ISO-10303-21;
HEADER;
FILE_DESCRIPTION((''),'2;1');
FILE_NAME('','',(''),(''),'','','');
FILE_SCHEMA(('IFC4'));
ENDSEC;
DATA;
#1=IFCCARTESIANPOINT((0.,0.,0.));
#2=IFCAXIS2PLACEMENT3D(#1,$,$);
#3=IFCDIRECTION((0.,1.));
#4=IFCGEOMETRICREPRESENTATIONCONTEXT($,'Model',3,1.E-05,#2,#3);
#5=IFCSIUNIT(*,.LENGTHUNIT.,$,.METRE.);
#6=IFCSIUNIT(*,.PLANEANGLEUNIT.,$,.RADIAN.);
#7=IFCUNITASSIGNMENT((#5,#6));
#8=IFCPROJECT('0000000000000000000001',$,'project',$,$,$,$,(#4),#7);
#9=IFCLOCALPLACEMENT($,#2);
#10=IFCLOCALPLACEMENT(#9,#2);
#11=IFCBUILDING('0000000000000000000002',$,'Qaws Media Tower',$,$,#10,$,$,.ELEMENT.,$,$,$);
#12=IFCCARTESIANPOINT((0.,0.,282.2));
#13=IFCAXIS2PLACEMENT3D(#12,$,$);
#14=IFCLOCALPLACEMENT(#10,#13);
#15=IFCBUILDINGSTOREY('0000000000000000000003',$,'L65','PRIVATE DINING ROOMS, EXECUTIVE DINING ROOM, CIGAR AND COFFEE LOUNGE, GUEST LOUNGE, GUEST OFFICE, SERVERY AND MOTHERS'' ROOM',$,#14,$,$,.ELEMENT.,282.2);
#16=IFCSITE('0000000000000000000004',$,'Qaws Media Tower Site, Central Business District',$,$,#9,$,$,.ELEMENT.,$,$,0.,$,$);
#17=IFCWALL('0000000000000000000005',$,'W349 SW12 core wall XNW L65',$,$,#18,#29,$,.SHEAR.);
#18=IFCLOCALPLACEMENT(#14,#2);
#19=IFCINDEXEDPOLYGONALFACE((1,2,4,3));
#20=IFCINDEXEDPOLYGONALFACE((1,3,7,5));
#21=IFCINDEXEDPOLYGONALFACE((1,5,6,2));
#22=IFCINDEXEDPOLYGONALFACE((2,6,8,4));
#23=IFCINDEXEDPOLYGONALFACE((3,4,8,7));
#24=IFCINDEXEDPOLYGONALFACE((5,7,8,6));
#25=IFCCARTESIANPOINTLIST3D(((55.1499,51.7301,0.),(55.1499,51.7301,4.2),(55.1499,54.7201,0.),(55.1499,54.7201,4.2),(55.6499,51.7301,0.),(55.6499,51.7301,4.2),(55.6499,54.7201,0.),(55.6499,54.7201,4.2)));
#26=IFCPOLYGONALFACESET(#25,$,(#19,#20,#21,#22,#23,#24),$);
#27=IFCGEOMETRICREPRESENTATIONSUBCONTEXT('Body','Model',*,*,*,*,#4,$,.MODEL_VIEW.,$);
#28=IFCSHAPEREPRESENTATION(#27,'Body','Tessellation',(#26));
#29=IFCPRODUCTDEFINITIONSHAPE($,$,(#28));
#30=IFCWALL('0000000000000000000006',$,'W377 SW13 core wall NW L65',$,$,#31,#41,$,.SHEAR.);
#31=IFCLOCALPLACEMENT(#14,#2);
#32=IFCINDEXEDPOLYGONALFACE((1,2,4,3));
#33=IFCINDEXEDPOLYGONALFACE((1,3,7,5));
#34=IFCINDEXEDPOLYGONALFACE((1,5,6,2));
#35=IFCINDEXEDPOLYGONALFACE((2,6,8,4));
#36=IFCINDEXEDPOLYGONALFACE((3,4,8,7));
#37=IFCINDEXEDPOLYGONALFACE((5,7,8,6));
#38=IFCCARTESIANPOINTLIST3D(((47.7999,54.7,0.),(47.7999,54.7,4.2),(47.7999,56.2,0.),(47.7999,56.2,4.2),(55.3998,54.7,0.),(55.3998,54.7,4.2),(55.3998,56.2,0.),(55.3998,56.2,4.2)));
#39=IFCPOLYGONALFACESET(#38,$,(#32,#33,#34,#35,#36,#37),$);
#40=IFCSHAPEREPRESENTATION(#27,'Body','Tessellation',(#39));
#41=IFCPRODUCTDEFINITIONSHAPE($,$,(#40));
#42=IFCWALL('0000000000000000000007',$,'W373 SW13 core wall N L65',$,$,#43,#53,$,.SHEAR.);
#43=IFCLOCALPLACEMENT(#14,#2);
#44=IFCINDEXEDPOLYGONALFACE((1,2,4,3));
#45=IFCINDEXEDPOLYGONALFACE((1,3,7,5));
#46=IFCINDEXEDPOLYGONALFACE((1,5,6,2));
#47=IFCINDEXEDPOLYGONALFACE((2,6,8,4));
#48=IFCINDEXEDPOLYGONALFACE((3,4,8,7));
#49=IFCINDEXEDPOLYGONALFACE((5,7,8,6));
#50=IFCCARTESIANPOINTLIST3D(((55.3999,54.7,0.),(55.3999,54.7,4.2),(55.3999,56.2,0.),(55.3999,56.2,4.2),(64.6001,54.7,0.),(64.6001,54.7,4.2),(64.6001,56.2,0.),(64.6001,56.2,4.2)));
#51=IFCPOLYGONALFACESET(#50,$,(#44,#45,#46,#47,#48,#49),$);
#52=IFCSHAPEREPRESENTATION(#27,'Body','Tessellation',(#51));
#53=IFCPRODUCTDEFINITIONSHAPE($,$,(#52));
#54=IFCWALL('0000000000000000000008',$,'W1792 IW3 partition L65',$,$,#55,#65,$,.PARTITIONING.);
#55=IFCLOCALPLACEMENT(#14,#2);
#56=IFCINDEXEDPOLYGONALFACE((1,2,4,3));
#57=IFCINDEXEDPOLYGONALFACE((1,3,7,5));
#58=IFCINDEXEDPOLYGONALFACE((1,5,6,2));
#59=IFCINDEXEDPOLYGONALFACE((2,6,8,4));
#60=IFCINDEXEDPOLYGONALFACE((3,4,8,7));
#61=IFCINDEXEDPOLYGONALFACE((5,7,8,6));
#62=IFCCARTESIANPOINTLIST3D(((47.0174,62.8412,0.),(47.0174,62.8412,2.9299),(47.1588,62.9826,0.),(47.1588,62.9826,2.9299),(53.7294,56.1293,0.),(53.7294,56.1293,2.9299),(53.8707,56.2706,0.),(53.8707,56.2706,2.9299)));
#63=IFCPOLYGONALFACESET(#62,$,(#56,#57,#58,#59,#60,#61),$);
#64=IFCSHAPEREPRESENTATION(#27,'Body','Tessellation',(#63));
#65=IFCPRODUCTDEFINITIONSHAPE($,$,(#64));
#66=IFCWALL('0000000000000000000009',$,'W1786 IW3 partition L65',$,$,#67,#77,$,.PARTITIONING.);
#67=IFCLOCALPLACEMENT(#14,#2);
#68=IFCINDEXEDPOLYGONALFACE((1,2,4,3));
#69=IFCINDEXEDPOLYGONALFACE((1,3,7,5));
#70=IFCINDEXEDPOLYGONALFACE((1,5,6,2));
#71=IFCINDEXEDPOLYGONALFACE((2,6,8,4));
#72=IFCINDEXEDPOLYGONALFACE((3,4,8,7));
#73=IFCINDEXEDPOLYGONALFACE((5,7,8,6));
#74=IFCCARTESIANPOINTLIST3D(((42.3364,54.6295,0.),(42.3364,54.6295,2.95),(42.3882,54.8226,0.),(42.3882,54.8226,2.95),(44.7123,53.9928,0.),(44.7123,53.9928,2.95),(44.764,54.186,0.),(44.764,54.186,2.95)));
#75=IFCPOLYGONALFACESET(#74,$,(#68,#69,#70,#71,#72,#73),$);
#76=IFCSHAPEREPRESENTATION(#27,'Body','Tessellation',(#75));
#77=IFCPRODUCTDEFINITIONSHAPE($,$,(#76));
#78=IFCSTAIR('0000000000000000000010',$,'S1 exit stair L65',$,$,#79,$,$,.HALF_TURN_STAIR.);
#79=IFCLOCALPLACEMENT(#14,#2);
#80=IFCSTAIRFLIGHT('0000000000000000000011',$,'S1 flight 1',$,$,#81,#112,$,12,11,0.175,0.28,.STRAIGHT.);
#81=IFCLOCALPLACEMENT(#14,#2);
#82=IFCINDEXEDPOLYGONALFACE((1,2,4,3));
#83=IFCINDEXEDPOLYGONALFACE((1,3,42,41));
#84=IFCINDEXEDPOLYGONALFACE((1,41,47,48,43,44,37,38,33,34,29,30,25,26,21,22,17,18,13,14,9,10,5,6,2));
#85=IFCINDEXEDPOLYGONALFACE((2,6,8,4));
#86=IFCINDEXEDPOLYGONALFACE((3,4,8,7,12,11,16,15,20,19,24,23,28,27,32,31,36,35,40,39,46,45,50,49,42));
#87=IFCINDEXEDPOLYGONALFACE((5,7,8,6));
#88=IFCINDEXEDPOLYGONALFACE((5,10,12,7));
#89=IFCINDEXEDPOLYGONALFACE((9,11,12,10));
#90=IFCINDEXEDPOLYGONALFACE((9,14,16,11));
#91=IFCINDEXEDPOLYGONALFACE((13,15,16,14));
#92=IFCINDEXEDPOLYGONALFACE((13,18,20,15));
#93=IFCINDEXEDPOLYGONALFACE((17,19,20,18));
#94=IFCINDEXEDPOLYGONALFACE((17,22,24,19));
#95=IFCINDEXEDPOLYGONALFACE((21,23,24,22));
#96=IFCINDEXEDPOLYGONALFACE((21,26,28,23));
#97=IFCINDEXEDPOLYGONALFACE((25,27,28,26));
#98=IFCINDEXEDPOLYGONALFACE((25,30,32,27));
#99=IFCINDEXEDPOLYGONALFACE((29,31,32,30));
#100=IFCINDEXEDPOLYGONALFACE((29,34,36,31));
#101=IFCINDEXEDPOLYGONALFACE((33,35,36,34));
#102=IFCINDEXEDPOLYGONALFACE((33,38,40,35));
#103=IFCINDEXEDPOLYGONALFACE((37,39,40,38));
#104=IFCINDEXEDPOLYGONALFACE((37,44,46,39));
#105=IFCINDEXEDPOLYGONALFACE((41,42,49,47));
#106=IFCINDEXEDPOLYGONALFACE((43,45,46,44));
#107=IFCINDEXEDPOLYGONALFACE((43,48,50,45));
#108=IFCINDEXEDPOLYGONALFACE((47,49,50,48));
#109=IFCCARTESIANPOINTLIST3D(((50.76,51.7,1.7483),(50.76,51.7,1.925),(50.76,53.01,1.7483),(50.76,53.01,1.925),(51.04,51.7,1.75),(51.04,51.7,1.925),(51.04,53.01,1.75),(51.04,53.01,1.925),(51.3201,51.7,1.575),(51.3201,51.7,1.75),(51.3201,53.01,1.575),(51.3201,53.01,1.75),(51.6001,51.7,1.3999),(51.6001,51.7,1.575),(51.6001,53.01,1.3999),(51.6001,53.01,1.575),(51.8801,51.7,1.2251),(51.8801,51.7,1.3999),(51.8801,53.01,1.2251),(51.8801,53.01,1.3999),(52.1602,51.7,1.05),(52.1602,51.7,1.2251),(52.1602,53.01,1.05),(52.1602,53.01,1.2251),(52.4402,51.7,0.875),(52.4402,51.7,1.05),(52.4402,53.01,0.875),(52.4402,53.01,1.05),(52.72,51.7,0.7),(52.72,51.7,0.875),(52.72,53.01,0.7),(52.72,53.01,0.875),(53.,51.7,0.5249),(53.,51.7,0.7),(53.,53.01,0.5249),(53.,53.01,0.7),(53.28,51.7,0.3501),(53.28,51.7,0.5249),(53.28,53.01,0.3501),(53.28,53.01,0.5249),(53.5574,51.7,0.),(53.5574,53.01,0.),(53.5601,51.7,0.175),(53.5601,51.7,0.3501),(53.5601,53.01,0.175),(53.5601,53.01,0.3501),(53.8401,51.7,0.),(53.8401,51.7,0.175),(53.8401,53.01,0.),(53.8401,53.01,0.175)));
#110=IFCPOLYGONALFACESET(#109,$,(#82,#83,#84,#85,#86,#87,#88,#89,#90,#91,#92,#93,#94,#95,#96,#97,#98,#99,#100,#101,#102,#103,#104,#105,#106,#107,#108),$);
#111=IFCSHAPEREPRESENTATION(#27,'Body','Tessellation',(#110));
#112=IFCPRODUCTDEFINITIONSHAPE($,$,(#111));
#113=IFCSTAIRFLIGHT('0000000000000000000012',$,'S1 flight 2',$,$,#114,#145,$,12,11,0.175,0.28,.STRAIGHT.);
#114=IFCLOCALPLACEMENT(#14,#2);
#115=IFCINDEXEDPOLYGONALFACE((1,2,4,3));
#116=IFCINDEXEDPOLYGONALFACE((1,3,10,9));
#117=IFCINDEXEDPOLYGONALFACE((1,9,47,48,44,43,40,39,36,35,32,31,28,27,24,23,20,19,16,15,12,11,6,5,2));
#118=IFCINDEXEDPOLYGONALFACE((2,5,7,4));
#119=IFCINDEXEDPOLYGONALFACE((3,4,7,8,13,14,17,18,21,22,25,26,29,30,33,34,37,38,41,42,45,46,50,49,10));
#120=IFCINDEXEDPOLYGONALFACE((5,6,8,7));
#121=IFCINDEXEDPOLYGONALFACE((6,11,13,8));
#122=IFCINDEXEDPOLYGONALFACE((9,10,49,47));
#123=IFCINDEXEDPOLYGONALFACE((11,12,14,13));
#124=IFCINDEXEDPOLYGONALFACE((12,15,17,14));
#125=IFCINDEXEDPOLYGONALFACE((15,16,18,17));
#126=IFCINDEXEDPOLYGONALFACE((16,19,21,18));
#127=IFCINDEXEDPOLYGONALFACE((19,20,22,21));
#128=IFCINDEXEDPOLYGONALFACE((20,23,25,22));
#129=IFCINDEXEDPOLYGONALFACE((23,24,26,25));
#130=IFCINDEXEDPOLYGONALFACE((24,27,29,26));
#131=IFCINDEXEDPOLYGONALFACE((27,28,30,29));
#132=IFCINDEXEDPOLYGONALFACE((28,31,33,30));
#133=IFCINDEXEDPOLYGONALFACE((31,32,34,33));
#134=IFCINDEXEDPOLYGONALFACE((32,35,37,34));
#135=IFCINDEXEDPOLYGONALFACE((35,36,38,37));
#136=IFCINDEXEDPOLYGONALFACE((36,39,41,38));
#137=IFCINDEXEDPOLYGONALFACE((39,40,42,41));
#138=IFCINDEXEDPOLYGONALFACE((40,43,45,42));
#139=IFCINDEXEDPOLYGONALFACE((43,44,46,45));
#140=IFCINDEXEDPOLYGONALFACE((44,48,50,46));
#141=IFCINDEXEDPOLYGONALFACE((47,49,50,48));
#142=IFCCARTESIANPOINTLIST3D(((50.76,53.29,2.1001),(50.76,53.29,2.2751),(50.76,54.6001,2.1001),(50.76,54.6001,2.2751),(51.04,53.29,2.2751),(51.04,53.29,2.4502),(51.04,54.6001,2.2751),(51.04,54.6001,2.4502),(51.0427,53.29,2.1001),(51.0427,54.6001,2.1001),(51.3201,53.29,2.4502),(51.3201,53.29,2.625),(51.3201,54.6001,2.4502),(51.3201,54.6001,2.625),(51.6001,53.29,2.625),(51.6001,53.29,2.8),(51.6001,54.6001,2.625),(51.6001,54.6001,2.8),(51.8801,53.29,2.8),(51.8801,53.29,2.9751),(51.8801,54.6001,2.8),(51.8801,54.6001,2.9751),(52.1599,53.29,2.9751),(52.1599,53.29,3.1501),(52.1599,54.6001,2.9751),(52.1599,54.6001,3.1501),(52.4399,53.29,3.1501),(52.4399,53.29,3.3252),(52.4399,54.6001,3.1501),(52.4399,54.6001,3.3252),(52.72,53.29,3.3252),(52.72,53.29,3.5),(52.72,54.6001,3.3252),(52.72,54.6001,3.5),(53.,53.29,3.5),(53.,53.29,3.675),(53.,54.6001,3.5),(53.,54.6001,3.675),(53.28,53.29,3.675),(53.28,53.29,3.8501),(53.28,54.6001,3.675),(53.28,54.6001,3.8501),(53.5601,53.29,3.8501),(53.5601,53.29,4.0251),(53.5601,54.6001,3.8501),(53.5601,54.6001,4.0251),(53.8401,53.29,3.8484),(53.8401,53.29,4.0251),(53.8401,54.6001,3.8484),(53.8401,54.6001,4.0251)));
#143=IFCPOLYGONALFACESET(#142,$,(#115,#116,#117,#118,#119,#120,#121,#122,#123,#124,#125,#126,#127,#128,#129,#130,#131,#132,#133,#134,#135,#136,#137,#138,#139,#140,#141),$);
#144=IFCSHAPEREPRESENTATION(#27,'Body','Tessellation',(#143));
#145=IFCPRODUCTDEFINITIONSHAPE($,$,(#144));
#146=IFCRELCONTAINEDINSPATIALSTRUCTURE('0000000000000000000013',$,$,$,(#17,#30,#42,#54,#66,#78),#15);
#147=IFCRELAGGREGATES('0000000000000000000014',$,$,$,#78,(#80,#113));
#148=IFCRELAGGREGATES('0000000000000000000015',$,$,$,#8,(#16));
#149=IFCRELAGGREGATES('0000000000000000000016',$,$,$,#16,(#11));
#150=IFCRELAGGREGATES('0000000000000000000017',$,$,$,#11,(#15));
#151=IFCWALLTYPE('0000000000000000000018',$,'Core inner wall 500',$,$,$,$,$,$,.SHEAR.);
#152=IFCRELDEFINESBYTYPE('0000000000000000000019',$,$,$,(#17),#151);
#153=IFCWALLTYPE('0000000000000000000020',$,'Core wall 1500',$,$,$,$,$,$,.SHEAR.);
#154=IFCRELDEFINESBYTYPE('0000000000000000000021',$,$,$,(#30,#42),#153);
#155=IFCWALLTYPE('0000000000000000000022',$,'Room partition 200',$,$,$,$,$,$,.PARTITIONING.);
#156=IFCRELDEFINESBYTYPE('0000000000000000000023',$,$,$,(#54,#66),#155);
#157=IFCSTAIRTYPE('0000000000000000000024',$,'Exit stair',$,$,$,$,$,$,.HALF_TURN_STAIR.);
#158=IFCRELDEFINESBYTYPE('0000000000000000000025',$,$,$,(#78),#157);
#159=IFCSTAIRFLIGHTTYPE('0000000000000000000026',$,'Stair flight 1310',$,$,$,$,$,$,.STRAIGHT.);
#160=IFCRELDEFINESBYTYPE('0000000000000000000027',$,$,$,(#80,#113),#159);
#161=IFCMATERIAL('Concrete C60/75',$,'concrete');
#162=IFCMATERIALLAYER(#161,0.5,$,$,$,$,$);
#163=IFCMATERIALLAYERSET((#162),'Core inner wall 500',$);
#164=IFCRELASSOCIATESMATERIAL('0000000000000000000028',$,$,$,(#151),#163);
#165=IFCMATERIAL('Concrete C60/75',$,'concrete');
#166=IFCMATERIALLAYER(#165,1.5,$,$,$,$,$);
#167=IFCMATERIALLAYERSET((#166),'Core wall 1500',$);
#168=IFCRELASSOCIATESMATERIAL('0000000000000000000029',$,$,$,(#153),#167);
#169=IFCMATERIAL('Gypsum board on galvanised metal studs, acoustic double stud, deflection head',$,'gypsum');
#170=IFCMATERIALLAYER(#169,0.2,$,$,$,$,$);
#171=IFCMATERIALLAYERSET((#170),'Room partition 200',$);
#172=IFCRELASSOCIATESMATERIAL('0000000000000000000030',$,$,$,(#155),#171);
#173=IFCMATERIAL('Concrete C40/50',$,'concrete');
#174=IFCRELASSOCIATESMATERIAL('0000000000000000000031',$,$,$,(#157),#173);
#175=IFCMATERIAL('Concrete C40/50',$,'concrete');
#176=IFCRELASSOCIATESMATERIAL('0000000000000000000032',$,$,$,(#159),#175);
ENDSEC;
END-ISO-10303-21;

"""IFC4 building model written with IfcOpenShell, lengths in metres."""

from ifc_helpers import new_model, si_unit, direction, frame, frame_2d, origin, place, context, subcontext, project, spatial, polyline, rectangle, outline, extrude, material, layer, layer_set, type_object, element, aggregate, save


model = new_model("IFC4")

# Units and contexts
model_context = context("Model", 3, precision=1e-05, world=origin(), true_north=direction((0.0, 1.0)))
body_context = subcontext(model_context, "Body", "Model", "MODEL_VIEW")
ifc_project = project(units=[si_unit("LENGTHUNIT", "METRE"), si_unit("PLANEANGLEUNIT", "RADIAN")], contexts=[model_context])

# Site, building, storey
site_placement = place(None, origin())
site = spatial("IfcSite", under=ifc_project, at=site_placement, Name="Qaws Media Tower Site, Central Business District", CompositionType="ELEMENT", RefElevation=0.0)
building_placement = place(site_placement, origin())
building = spatial("IfcBuilding", under=site, at=building_placement, Name="Qaws Media Tower", CompositionType="ELEMENT")
storey_placement = place(building_placement, frame((0.0, 0.0, 282.2)))
storey = spatial("IfcBuildingStorey", under=building, at=storey_placement, Name="L65", Description="PRIVATE DINING ROOMS, EXECUTIVE DINING ROOM, CIGAR AND COFFEE LOUNGE, GUEST LOUNGE, GUEST OFFICE, SERVERY AND MOTHERS' ROOM", CompositionType="ELEMENT", Elevation=282.2)

# Walls
ifc_material_1 = material(Name="Concrete C60/75", Category="concrete")
ifc_layer_1 = layer(ifc_material_1, 0.5)
ifc_layer_set_1 = layer_set([ifc_layer_1], Name="Core inner wall 500")
wall_type_1 = type_object("IfcWallType", Name="Core inner wall 500", PredefinedType="SHEAR", material=ifc_layer_set_1)
wall_1_placement = place(storey_placement, frame((55.3999, 51.73, 0.0), z_axis=(0.0, 0.0, 1.0), x_axis=(0.0, 1.0, 0.0)))
element("IfcWall", 1, at=wall_1_placement, inside=storey, type_object=wall_type_1, Name="W349 SW12 core wall XNW L65", PredefinedType="SHEAR", context=body_context, shape_type="SweptSolid", body=[
    extrude(rectangle(XDim=2.99, YDim=0.5, at=frame_2d((1.4951, 0.0))), origin(), (0.0, 0.0, 1.0), 4.2),
])
ifc_material_2 = material(Name="Concrete C60/75", Category="concrete")
ifc_layer_2 = layer(ifc_material_2, 1.5)
ifc_layer_set_2 = layer_set([ifc_layer_2], Name="Core wall 1500")
wall_type_2 = type_object("IfcWallType", Name="Core wall 1500", PredefinedType="SHEAR", material=ifc_layer_set_2)
wall_2_placement = place(storey_placement, frame((47.8, 55.45, 0.0), z_axis=(0.0, 0.0, 1.0), x_axis=(1.0, 0.0, 0.0)))
element("IfcWall", 2, at=wall_2_placement, inside=storey, type_object=wall_type_2, Name="W377 SW13 core wall NW L65", PredefinedType="SHEAR", context=body_context, shape_type="SweptSolid", body=[
    extrude(rectangle(XDim=7.5999, YDim=1.5, at=frame_2d((3.7998, 0.0))), origin(), (0.0, 0.0, 1.0), 4.2),
])
wall_3_placement = place(storey_placement, frame((55.3999, 55.45, 0.0), z_axis=(0.0, 0.0, 1.0), x_axis=(1.0, 0.0, 0.0)))
element("IfcWall", 3, at=wall_3_placement, inside=storey, type_object=wall_type_2, Name="W373 SW13 core wall N L65", PredefinedType="SHEAR", context=body_context, shape_type="SweptSolid", body=[
    extrude(rectangle(XDim=9.2002, YDim=1.5, at=frame_2d((4.6001, 0.0))), origin(), (0.0, 0.0, 1.0), 4.2),
])
ifc_material_3 = material(Name="Gypsum board on galvanised metal studs, acoustic double stud, deflection head", Category="gypsum")
ifc_layer_3 = layer(ifc_material_3, 0.2)
ifc_layer_set_3 = layer_set([ifc_layer_3], Name="Room partition 200")
wall_type_3 = type_object("IfcWallType", Name="Room partition 200", PredefinedType="PARTITIONING", material=ifc_layer_set_3)
wall_4_placement = place(storey_placement, frame((53.8, 56.2, 0.0), z_axis=(0.0, 0.0, 1.0), x_axis=(-0.707107, 0.707107, 0.0)))
element("IfcWall", 4, at=wall_4_placement, inside=storey, type_object=wall_type_3, Name="W1792 IW3 partition L65", PredefinedType="PARTITIONING", context=body_context, shape_type="SweptSolid", body=[
    extrude(rectangle(XDim=9.4922, YDim=0.2, at=frame_2d((4.7461, 0.0))), origin(), (0.0, 0.0, 1.0), 2.9299),
])
wall_5_placement = place(storey_placement, frame((44.7383, 54.0894, 0.0), z_axis=(0.0, 0.0, 1.0), x_axis=(-0.965918, 0.258849, 0.0)))
element("IfcWall", 5, at=wall_5_placement, inside=storey, type_object=wall_type_3, Name="W1786 IW3 partition L65", PredefinedType="PARTITIONING", context=body_context, shape_type="SweptSolid", body=[
    extrude(rectangle(XDim=2.4597, YDim=0.2, at=frame_2d((1.23, 0.0))), origin(), (0.0, 0.0, 1.0), 2.95),
])

# Stair, stair flights
ifc_material_4 = material(Name="Concrete C40/50", Category="concrete")
stair_type = type_object("IfcStairType", Name="Exit stair", PredefinedType="HALF_TURN_STAIR", material=ifc_material_4)
stair_placement = place(storey_placement, origin())
stair = element("IfcStair", 6, at=stair_placement, inside=storey, type_object=stair_type, Name="S1 exit stair L65", PredefinedType="HALF_TURN_STAIR")
ifc_material_5 = material(Name="Concrete C40/50", Category="concrete")
stair_flight_type = type_object("IfcStairFlightType", Name="Stair flight 1310", PredefinedType="STRAIGHT", material=ifc_material_5)
stair_flight_1_placement = place(storey_placement, frame((53.8401, 52.355, 0.0), z_axis=(0.0, 0.0, 1.0), x_axis=(-1.0, 0.0, 0.0)))
stair_flight_1 = element("IfcStairFlight", 7, at=stair_flight_1_placement, type_object=stair_flight_type, Name="S1 flight 1", NumberOfRisers=12, NumberOfTreads=11, PredefinedType="STRAIGHT", RiserHeight=0.175, TreadLength=0.28, context=body_context, shape_type="SweptSolid", body=[
    extrude(outline(polyline([(0.0, 0.0), (0.0, 0.175), (0.28, 0.175), (0.28, 0.3501), (0.5601, 0.3501), (0.5601, 0.5249), (0.8401, 0.5249), (0.8401, 0.7), (1.1201, 0.7), (1.1201, 0.875), (1.3999, 0.875), (1.3999, 1.05), (1.6799, 1.05), (1.6799, 1.2251), (1.96, 1.2251), (1.96, 1.3999), (2.24, 1.3999), (2.24, 1.575), (2.52, 1.575), (2.52, 1.75), (2.8, 1.75), (2.8, 1.925), (3.0801, 1.925), (3.0801, 2.1001), (3.0801, 1.7483), (0.2827, 0.0), (0.0, 0.0)])), frame((0.0, 0.655, 0.0), z_axis=(0.0, -1.0, 0.0), x_axis=(1.0, 0.0, 0.0)), (0.0, 0.0, 1.0), 1.3101),
])
stair_flight_2_placement = place(storey_placement, frame((50.76, 53.9451, 2.1001), z_axis=(0.0, 0.0, 1.0), x_axis=(1.0, 0.0, 0.0)))
stair_flight_2 = element("IfcStairFlight", 8, at=stair_flight_2_placement, type_object=stair_flight_type, Name="S1 flight 2", NumberOfRisers=12, NumberOfTreads=11, PredefinedType="STRAIGHT", RiserHeight=0.175, TreadLength=0.28, context=body_context, shape_type="SweptSolid", body=[
    extrude(outline(polyline([(0.0, 0.0), (0.0, 0.175), (0.28, 0.175), (0.28, 0.3501), (0.5601, 0.3501), (0.5601, 0.5249), (0.8401, 0.5249), (0.8401, 0.7), (1.1201, 0.7), (1.1201, 0.875), (1.3999, 0.875), (1.3999, 1.05), (1.6799, 1.05), (1.6799, 1.2251), (1.96, 1.2251), (1.96, 1.3999), (2.24, 1.3999), (2.24, 1.575), (2.52, 1.575), (2.52, 1.75), (2.8, 1.75), (2.8, 1.925), (3.0801, 1.925), (3.0801, 2.1001), (3.0801, 1.7483), (0.2827, 0.0), (0.0, 0.0)])), frame((0.0, 0.655, 0.0), z_axis=(0.0, -1.0, 0.0), x_axis=(1.0, 0.0, 0.0)), (0.0, 0.0, 1.0), 1.3101),
])
aggregate(stair, [stair_flight_1, stair_flight_2])

save(model, "model.ifc")
